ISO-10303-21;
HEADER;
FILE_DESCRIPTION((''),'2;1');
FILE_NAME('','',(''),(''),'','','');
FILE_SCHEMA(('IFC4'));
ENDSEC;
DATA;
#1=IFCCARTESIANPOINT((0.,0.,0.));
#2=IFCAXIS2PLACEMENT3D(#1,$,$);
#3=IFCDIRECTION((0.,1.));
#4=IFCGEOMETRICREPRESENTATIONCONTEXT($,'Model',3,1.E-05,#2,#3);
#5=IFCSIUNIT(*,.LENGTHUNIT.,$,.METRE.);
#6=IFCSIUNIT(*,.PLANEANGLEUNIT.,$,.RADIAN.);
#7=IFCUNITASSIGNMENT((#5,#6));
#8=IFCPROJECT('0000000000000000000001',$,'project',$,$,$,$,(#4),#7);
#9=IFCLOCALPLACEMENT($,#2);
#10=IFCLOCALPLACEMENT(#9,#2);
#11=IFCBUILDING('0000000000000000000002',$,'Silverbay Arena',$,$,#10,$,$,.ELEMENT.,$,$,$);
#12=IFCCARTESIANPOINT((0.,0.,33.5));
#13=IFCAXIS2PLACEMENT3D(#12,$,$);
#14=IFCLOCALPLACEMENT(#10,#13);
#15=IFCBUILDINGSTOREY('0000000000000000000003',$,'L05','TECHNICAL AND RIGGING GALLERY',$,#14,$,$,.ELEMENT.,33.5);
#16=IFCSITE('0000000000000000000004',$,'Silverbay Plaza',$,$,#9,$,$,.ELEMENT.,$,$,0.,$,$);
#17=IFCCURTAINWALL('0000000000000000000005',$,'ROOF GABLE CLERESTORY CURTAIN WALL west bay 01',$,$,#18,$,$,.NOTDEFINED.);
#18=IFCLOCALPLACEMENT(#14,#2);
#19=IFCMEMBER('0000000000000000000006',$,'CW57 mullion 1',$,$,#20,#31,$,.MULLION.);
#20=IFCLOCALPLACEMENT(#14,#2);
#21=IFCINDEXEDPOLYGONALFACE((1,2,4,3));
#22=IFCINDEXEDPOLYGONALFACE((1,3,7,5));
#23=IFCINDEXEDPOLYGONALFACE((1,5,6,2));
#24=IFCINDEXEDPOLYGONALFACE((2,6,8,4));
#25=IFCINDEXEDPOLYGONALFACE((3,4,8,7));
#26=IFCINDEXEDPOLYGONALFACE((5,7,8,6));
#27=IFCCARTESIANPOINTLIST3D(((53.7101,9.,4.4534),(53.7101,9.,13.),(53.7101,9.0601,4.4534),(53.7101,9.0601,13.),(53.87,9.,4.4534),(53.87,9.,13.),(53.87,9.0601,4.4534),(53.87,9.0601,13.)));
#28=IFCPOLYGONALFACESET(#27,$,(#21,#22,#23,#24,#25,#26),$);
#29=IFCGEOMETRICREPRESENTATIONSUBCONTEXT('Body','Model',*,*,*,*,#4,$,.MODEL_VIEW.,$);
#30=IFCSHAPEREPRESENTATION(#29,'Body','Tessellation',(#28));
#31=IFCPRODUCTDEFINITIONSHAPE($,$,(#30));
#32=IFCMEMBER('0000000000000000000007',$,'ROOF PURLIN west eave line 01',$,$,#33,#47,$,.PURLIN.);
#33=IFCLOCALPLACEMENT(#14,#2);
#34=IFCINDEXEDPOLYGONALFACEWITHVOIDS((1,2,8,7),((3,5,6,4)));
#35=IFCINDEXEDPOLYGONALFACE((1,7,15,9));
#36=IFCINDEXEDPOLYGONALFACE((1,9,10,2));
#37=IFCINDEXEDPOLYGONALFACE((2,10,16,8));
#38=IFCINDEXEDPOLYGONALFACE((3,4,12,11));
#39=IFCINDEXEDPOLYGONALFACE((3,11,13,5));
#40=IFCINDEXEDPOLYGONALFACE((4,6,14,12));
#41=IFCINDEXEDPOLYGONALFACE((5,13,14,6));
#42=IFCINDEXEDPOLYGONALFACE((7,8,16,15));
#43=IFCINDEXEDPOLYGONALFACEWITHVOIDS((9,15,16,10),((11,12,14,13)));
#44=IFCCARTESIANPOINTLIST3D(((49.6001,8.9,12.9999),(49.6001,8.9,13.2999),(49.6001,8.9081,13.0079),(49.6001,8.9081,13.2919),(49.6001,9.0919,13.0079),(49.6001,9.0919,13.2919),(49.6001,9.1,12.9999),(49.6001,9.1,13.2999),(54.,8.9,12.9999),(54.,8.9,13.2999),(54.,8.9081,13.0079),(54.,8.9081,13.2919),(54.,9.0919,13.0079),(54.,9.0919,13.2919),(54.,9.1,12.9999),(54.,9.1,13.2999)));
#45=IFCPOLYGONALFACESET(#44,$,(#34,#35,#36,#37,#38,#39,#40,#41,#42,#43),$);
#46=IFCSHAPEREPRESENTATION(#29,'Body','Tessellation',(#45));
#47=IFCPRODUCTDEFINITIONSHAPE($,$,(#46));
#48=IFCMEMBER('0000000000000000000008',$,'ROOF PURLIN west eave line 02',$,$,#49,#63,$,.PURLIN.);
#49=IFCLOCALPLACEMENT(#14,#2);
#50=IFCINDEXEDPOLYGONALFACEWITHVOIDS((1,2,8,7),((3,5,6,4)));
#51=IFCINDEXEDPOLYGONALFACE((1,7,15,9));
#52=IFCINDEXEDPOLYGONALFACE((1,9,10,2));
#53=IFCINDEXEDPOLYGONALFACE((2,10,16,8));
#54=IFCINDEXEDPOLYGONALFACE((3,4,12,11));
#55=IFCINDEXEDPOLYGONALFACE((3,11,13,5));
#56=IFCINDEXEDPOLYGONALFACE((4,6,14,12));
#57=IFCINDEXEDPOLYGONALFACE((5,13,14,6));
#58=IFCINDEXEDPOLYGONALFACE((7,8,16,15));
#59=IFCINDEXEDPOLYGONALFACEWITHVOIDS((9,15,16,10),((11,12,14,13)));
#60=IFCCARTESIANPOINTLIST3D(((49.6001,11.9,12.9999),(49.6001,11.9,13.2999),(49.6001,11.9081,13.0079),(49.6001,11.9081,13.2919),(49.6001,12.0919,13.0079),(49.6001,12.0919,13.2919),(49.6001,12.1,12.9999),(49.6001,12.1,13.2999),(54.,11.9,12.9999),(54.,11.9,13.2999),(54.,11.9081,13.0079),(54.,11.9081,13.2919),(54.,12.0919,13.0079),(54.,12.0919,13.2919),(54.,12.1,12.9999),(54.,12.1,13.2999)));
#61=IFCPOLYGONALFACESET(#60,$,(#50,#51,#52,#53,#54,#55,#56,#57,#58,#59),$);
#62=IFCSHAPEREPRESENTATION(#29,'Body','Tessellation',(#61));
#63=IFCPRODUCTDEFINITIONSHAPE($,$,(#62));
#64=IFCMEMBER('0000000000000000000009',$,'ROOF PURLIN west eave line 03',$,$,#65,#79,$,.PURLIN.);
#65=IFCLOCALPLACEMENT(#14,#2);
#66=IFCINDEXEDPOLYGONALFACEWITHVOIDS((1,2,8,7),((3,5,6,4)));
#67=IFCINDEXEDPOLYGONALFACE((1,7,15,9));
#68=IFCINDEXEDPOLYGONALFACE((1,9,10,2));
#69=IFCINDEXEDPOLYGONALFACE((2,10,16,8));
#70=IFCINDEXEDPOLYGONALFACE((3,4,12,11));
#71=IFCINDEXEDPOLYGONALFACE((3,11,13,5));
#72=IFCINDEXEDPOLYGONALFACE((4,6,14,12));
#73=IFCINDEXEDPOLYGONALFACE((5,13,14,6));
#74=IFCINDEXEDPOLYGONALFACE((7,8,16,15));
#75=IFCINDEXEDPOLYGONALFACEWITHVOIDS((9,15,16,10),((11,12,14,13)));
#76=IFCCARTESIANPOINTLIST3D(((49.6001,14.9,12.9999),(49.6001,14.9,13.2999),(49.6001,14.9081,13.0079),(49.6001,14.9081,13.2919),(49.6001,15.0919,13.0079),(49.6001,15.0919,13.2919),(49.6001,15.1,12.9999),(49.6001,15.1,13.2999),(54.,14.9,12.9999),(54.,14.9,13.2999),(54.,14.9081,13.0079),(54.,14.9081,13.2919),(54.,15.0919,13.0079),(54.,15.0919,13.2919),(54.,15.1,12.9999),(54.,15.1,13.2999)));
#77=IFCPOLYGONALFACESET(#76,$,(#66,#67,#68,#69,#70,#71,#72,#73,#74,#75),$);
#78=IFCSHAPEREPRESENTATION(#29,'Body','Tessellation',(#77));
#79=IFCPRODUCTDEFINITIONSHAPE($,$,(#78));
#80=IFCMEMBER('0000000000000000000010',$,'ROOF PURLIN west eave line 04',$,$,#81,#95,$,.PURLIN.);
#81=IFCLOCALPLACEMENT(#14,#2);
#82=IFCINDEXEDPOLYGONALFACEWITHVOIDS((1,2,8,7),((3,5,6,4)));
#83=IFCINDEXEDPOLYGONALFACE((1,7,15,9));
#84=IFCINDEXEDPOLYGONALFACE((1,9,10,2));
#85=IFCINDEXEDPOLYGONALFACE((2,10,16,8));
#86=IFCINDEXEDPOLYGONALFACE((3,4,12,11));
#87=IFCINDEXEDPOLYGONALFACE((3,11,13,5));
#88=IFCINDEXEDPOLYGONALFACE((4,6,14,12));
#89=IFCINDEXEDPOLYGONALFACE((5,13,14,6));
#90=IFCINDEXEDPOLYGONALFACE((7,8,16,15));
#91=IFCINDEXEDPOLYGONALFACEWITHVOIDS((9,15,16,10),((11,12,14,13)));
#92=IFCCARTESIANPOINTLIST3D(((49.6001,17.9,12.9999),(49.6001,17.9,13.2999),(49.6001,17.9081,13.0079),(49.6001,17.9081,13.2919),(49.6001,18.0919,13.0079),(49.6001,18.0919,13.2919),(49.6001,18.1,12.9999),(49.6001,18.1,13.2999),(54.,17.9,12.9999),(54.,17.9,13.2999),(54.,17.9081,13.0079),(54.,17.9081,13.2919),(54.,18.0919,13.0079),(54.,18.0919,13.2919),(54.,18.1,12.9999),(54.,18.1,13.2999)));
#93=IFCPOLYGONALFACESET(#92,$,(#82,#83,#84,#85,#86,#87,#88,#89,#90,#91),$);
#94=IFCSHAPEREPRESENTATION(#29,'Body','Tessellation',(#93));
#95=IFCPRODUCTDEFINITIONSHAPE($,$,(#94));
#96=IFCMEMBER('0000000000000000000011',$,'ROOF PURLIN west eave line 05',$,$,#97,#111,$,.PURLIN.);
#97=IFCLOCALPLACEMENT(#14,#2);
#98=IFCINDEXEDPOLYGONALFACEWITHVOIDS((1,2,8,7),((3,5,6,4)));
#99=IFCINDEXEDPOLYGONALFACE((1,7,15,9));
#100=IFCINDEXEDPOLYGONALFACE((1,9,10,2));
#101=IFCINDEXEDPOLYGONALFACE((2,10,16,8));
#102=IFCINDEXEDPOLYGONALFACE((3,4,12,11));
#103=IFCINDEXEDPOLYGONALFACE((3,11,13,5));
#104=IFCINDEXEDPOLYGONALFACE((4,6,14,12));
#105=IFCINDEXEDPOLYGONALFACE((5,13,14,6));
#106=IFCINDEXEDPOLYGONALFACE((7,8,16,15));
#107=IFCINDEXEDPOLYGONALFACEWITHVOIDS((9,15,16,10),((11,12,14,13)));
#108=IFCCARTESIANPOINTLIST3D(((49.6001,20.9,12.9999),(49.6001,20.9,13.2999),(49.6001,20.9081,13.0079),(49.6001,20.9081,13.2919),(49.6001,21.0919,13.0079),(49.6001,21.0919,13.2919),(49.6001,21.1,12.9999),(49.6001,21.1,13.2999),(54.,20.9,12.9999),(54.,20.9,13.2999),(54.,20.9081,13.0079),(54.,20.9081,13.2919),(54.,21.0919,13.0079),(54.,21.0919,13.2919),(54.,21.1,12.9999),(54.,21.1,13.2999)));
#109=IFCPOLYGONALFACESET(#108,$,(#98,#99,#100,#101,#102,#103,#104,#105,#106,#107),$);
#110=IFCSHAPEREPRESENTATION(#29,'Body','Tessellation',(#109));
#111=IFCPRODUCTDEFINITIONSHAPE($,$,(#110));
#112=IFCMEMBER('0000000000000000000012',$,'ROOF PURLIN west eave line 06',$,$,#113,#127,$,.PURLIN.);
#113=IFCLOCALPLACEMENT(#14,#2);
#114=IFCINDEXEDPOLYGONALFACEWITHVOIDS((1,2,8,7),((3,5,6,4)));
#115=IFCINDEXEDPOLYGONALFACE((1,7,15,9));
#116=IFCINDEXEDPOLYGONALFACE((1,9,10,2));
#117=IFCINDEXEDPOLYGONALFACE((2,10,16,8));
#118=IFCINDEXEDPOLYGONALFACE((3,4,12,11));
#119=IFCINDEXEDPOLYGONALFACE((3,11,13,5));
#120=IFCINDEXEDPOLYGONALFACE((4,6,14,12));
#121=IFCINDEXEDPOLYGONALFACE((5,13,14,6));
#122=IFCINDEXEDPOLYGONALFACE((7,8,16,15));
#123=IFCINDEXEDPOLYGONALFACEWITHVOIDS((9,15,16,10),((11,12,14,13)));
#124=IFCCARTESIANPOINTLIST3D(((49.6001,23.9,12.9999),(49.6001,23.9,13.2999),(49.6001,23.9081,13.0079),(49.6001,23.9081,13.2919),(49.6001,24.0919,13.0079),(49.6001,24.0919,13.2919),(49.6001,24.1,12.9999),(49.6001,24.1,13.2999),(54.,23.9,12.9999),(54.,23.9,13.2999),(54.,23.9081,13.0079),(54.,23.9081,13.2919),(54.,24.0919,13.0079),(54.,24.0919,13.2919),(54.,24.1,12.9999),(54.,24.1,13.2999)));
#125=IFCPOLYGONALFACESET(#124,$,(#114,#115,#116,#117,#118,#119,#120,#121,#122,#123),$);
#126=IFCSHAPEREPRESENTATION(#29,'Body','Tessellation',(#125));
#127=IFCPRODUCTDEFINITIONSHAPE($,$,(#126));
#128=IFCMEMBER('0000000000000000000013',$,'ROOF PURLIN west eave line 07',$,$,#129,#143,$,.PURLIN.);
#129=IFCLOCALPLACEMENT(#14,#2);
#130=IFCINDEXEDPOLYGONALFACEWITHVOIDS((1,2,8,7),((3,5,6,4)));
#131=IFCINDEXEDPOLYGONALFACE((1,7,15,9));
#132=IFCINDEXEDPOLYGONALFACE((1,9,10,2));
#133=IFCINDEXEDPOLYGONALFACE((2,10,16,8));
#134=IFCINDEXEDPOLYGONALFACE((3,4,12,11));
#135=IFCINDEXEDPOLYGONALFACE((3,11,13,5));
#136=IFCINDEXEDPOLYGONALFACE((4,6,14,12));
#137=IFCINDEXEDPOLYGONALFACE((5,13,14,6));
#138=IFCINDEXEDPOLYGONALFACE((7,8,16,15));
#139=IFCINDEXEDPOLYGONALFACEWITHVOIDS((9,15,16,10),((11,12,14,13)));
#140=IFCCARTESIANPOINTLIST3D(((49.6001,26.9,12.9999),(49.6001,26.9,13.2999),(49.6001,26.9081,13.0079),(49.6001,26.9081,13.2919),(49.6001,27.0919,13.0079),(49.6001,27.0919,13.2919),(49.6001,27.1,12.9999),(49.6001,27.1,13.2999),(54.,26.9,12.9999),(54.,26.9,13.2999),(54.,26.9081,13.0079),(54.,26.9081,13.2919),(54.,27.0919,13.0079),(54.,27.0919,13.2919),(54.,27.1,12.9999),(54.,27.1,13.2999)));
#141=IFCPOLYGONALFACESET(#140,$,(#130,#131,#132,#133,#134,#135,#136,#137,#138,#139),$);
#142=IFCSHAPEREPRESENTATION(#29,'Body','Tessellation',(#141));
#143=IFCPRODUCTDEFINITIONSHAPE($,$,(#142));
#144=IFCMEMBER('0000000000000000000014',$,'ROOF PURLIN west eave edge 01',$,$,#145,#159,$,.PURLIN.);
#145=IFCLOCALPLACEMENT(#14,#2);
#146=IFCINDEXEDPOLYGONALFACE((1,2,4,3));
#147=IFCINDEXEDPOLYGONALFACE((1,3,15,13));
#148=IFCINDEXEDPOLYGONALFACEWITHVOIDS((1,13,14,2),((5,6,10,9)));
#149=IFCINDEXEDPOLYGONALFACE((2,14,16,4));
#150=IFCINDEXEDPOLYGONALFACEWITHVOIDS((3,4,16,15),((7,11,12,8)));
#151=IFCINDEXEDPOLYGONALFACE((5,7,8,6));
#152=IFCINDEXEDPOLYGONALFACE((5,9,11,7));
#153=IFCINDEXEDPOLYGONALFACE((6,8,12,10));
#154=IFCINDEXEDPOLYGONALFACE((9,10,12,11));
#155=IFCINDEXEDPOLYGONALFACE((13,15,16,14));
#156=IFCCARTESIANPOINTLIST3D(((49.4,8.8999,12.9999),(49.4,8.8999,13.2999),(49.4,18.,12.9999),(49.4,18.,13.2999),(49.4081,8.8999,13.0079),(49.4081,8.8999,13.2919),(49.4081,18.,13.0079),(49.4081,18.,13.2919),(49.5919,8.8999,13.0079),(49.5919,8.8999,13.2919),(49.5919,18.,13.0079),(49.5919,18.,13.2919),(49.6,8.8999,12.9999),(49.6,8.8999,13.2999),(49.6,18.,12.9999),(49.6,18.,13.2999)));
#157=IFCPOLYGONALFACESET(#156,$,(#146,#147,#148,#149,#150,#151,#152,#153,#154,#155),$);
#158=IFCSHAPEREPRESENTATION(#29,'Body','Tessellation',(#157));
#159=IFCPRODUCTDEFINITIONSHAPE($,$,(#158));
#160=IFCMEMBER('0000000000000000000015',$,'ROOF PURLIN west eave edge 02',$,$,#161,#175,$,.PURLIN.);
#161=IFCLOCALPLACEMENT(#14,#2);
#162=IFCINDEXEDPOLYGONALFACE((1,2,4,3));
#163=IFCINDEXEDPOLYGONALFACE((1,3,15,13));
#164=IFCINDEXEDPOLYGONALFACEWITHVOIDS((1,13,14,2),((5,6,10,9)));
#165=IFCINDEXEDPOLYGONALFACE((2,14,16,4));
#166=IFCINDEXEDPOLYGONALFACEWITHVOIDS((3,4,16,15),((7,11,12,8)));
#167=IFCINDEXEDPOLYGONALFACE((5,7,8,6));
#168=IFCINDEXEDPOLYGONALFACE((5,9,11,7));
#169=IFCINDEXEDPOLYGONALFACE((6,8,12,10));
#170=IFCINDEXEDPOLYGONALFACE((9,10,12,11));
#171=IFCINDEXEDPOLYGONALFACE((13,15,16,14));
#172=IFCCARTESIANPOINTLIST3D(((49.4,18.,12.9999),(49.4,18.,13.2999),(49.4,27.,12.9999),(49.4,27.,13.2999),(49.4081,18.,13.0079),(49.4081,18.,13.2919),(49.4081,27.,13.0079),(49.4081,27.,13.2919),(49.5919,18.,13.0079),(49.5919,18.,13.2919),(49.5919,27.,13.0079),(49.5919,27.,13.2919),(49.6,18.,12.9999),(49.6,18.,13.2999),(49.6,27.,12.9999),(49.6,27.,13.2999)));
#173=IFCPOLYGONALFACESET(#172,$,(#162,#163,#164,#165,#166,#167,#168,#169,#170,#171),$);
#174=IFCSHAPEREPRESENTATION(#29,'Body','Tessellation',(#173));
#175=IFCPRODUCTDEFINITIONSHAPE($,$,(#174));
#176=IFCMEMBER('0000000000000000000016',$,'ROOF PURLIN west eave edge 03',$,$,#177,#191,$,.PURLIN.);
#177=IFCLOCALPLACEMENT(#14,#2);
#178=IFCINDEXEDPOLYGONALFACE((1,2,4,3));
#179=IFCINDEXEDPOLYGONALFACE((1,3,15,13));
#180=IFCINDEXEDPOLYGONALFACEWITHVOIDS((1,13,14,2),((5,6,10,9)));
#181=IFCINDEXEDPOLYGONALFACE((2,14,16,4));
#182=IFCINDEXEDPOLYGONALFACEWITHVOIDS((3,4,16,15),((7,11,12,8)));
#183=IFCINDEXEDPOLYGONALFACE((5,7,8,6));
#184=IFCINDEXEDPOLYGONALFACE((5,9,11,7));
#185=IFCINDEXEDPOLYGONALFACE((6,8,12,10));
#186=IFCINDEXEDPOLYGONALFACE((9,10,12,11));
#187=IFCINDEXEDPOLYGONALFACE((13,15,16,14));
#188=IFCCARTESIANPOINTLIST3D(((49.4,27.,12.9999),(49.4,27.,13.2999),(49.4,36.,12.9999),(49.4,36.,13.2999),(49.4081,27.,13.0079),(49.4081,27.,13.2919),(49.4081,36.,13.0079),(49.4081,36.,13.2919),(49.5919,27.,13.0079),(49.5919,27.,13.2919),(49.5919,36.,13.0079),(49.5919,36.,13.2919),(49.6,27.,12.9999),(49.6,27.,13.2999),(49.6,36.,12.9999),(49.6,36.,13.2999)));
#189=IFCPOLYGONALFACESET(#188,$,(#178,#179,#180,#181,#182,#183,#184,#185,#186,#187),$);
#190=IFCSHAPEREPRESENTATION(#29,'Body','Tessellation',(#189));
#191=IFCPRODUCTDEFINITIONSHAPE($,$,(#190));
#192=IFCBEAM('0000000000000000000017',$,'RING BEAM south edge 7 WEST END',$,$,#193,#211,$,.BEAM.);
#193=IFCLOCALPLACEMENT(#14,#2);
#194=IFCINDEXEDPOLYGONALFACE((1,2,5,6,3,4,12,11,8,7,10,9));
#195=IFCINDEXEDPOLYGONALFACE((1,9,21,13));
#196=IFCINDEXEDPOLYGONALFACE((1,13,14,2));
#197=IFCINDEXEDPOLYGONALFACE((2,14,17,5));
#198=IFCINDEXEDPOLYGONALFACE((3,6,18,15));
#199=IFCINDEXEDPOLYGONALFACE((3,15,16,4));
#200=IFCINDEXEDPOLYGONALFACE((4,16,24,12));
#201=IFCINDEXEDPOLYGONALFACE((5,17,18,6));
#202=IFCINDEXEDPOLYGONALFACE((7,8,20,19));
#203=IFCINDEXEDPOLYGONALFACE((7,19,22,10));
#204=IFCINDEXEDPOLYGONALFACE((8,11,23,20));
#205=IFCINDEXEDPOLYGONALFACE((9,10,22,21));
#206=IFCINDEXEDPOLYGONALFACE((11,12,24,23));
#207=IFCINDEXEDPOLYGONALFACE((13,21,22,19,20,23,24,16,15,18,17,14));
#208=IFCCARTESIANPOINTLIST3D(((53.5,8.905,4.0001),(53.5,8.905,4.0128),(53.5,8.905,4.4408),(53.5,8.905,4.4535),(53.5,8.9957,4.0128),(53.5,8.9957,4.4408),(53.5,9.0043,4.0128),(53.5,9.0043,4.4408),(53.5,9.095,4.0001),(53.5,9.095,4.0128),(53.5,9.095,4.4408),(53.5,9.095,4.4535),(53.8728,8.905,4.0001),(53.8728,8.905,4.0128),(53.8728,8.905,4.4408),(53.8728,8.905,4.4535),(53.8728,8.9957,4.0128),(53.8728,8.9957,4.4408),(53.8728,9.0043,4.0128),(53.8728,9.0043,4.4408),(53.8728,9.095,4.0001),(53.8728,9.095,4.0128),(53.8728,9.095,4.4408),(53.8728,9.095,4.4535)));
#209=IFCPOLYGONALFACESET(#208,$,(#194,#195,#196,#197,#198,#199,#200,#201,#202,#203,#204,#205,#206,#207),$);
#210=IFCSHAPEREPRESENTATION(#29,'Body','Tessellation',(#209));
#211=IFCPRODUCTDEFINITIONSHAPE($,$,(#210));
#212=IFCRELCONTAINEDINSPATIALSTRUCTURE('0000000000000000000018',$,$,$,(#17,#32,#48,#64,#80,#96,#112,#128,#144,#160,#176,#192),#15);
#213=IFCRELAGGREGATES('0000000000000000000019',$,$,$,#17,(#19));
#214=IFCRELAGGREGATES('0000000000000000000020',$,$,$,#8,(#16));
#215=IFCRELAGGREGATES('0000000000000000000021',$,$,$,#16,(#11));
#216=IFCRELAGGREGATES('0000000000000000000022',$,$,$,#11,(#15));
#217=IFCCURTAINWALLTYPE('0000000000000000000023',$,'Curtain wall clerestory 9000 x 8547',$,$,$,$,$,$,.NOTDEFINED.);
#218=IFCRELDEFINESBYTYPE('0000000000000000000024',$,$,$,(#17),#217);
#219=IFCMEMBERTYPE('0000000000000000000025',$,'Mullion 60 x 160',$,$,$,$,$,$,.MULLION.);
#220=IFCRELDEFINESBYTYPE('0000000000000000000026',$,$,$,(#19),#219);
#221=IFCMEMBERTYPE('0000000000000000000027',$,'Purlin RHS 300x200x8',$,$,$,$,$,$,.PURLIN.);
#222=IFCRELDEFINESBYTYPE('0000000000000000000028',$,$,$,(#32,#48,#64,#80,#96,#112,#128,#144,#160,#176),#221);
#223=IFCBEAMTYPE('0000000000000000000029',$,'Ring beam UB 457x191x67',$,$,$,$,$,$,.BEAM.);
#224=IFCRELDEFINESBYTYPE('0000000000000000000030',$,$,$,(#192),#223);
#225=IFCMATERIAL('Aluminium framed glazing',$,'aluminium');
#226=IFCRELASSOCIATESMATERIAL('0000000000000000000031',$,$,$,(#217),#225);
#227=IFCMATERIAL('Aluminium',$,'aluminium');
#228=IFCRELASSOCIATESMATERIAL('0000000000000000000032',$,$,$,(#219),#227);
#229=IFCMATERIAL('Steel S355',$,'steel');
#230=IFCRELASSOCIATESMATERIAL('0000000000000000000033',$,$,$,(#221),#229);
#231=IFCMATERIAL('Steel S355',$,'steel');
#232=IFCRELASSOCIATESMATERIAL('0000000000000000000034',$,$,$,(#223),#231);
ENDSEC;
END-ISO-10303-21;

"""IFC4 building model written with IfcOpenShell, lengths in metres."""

from ifc_helpers import new_model, si_unit, direction, frame, origin, origin_2d, place, context, subcontext, project, spatial, rectangle, hollow_rectangle, i_section, extrude, material, material_profile, profile_set, type_object, element, aggregate, save


model = new_model("IFC4")

# Units and contexts
model_context = context("Model", 3, precision=1e-05, world=origin(), true_north=direction((0.0, 1.0)))
body_context = subcontext(model_context, "Body", "Model", "MODEL_VIEW")
ifc_project = project(units=[si_unit("LENGTHUNIT", "METRE"), si_unit("PLANEANGLEUNIT", "RADIAN")], contexts=[model_context])

# Site, building, storey
site_placement = place(None, origin())
site = spatial("IfcSite", under=ifc_project, at=site_placement, Name="Silverbay Plaza", CompositionType="ELEMENT", RefElevation=0.0)
building_placement = place(site_placement, origin())
building = spatial("IfcBuilding", under=site, at=building_placement, Name="Silverbay Arena", CompositionType="ELEMENT")
storey_placement = place(building_placement, frame((0.0, 0.0, 33.5)))
storey = spatial("IfcBuildingStorey", under=building, at=storey_placement, Name="L05", Description="TECHNICAL AND RIGGING GALLERY", CompositionType="ELEMENT", Elevation=33.5)

# Curtain wall, member
ifc_material_1 = material(Name="Aluminium framed glazing", Category="aluminium")
curtain_wall_type = type_object("IfcCurtainWallType", Name="Curtain wall clerestory 9000 x 8547", PredefinedType="NOTDEFINED", material=ifc_material_1)
curtain_wall_placement = place(storey_placement, origin())
curtain_wall = element("IfcCurtainWall", 1, at=curtain_wall_placement, inside=storey, type_object=curtain_wall_type, Name="ROOF GABLE CLERESTORY CURTAIN WALL west bay 01", PredefinedType="NOTDEFINED")
ifc_material_2 = material(Name="Aluminium", Category="aluminium")
ifc_material_profile_1 = material_profile(ifc_material_2, rectangle(XDim=0.1599, YDim=0.0601, at=origin_2d()), Name="Mullion 60 x 160")
ifc_profile_set_1 = profile_set([ifc_material_profile_1], Name="Aluminium")
member_type_1 = type_object("IfcMemberType", Name="Mullion 60 x 160", PredefinedType="MULLION", material=ifc_profile_set_1)
member_1_placement = place(storey_placement, frame((53.79, 9.03, 4.4534), z_axis=(0.0, 0.0, 1.0), x_axis=(-1.0, 0.0, 0.0)))
member_1 = element("IfcMember", 2, at=member_1_placement, type_object=member_type_1, Name="CW57 mullion 1", PredefinedType="MULLION", context=body_context, shape_type="SweptSolid", body=[
    extrude(rectangle(XDim=0.1599, YDim=0.0601, at=origin_2d()), origin(), (0.0, 0.0, 1.0), 8.5466),
])

# Members
ifc_material_3 = material(Name="Steel S355", Category="steel")
ifc_material_profile_2 = material_profile(ifc_material_3, hollow_rectangle(XDim=0.2, YDim=0.3, WallThickness=0.0081, at=origin_2d()), Name="RHS 300x200x8")
ifc_profile_set_2 = profile_set([ifc_material_profile_2], Name="Steel S355")
member_type_2 = type_object("IfcMemberType", Name="Purlin RHS 300x200x8", PredefinedType="PURLIN", material=ifc_profile_set_2)
for number, where, z_axis, x_axis, name in (
    (3, (49.6001, 9.0, 13.1499), (1.0, 0.0, 0.0), (0.0, 1.0, 0.0), "ROOF PURLIN west eave line 01"),
    (4, (49.6001, 12.0, 13.1499), (1.0, 0.0, 0.0), (0.0, 1.0, 0.0), "ROOF PURLIN west eave line 02"),
    (5, (49.6001, 15.0, 13.1499), (1.0, 0.0, 0.0), (0.0, 1.0, 0.0), "ROOF PURLIN west eave line 03"),
    (6, (49.6001, 18.0, 13.1499), (1.0, 0.0, 0.0), (0.0, 1.0, 0.0), "ROOF PURLIN west eave line 04"),
    (7, (49.6001, 21.0, 13.1499), (1.0, 0.0, 0.0), (0.0, 1.0, 0.0), "ROOF PURLIN west eave line 05"),
    (8, (49.6001, 24.0, 13.1499), (1.0, 0.0, 0.0), (0.0, 1.0, 0.0), "ROOF PURLIN west eave line 06"),
    (9, (49.6001, 27.0, 13.1499), (1.0, 0.0, 0.0), (0.0, 1.0, 0.0), "ROOF PURLIN west eave line 07"),
):
    element("IfcMember", number, at=place(storey_placement, frame(where, z_axis=z_axis, x_axis=x_axis)), inside=storey, type_object=member_type_2, Name=name, PredefinedType="PURLIN", context=body_context, shape_type="SweptSolid", body=[
        extrude(hollow_rectangle(XDim=0.2, YDim=0.3, WallThickness=0.0081, at=origin_2d()), origin(), (0.0, 0.0, 1.0), 4.3999),
    ])
member_2_placement = place(storey_placement, frame((49.5, 8.8999, 13.1499), z_axis=(0.0, 1.0, 0.0), x_axis=(-1.0, 0.0, 0.0)))
element("IfcMember", 10, at=member_2_placement, inside=storey, type_object=member_type_2, Name="ROOF PURLIN west eave edge 01", PredefinedType="PURLIN", context=body_context, shape_type="SweptSolid", body=[
    extrude(hollow_rectangle(XDim=0.2, YDim=0.3, WallThickness=0.0081, at=origin_2d()), origin(), (0.0, 0.0, 1.0), 9.1001),
])
for number, where, z_axis, x_axis, name in (
    (11, (49.5, 18.0, 13.1499), (0.0, 1.0, 0.0), (-1.0, 0.0, 0.0), "ROOF PURLIN west eave edge 02"),
    (12, (49.5, 27.0, 13.1499), (0.0, 1.0, 0.0), (-1.0, 0.0, 0.0), "ROOF PURLIN west eave edge 03"),
):
    element("IfcMember", number, at=place(storey_placement, frame(where, z_axis=z_axis, x_axis=x_axis)), inside=storey, type_object=member_type_2, Name=name, PredefinedType="PURLIN", context=body_context, shape_type="SweptSolid", body=[
        extrude(hollow_rectangle(XDim=0.2, YDim=0.3, WallThickness=0.0081, at=origin_2d()), origin(), (0.0, 0.0, 1.0), 9.0),
    ])

# Beam
ifc_material_4 = material(Name="Steel S355", Category="steel")
ifc_material_profile_3 = material_profile(ifc_material_4, i_section(OverallWidth=0.1899, OverallDepth=0.4534, WebThickness=0.0085, FlangeThickness=0.0127, at=origin_2d()), Name="UB 457x191x67")
ifc_profile_set_3 = profile_set([ifc_material_profile_3], Name="Steel S355")
beam_type = type_object("IfcBeamType", Name="Ring beam UB 457x191x67", PredefinedType="BEAM", material=ifc_profile_set_3)
beam_1_placement = place(storey_placement, frame((53.5, 9.0, 4.2268), z_axis=(1.0, 0.0, 0.0), x_axis=(0.0, 1.0, 0.0)))
element("IfcBeam", 13, at=beam_1_placement, inside=storey, type_object=beam_type, Name="RING BEAM south edge 7 WEST END", PredefinedType="BEAM", context=body_context, shape_type="SweptSolid", body=[
    extrude(i_section(OverallWidth=0.1899, OverallDepth=0.4534, WebThickness=0.0085, FlangeThickness=0.0127, at=origin_2d()), origin(), (0.0, 0.0, 1.0), 0.3728),
])

aggregate(curtain_wall, [member_1])

save(model, "model.ifc")
